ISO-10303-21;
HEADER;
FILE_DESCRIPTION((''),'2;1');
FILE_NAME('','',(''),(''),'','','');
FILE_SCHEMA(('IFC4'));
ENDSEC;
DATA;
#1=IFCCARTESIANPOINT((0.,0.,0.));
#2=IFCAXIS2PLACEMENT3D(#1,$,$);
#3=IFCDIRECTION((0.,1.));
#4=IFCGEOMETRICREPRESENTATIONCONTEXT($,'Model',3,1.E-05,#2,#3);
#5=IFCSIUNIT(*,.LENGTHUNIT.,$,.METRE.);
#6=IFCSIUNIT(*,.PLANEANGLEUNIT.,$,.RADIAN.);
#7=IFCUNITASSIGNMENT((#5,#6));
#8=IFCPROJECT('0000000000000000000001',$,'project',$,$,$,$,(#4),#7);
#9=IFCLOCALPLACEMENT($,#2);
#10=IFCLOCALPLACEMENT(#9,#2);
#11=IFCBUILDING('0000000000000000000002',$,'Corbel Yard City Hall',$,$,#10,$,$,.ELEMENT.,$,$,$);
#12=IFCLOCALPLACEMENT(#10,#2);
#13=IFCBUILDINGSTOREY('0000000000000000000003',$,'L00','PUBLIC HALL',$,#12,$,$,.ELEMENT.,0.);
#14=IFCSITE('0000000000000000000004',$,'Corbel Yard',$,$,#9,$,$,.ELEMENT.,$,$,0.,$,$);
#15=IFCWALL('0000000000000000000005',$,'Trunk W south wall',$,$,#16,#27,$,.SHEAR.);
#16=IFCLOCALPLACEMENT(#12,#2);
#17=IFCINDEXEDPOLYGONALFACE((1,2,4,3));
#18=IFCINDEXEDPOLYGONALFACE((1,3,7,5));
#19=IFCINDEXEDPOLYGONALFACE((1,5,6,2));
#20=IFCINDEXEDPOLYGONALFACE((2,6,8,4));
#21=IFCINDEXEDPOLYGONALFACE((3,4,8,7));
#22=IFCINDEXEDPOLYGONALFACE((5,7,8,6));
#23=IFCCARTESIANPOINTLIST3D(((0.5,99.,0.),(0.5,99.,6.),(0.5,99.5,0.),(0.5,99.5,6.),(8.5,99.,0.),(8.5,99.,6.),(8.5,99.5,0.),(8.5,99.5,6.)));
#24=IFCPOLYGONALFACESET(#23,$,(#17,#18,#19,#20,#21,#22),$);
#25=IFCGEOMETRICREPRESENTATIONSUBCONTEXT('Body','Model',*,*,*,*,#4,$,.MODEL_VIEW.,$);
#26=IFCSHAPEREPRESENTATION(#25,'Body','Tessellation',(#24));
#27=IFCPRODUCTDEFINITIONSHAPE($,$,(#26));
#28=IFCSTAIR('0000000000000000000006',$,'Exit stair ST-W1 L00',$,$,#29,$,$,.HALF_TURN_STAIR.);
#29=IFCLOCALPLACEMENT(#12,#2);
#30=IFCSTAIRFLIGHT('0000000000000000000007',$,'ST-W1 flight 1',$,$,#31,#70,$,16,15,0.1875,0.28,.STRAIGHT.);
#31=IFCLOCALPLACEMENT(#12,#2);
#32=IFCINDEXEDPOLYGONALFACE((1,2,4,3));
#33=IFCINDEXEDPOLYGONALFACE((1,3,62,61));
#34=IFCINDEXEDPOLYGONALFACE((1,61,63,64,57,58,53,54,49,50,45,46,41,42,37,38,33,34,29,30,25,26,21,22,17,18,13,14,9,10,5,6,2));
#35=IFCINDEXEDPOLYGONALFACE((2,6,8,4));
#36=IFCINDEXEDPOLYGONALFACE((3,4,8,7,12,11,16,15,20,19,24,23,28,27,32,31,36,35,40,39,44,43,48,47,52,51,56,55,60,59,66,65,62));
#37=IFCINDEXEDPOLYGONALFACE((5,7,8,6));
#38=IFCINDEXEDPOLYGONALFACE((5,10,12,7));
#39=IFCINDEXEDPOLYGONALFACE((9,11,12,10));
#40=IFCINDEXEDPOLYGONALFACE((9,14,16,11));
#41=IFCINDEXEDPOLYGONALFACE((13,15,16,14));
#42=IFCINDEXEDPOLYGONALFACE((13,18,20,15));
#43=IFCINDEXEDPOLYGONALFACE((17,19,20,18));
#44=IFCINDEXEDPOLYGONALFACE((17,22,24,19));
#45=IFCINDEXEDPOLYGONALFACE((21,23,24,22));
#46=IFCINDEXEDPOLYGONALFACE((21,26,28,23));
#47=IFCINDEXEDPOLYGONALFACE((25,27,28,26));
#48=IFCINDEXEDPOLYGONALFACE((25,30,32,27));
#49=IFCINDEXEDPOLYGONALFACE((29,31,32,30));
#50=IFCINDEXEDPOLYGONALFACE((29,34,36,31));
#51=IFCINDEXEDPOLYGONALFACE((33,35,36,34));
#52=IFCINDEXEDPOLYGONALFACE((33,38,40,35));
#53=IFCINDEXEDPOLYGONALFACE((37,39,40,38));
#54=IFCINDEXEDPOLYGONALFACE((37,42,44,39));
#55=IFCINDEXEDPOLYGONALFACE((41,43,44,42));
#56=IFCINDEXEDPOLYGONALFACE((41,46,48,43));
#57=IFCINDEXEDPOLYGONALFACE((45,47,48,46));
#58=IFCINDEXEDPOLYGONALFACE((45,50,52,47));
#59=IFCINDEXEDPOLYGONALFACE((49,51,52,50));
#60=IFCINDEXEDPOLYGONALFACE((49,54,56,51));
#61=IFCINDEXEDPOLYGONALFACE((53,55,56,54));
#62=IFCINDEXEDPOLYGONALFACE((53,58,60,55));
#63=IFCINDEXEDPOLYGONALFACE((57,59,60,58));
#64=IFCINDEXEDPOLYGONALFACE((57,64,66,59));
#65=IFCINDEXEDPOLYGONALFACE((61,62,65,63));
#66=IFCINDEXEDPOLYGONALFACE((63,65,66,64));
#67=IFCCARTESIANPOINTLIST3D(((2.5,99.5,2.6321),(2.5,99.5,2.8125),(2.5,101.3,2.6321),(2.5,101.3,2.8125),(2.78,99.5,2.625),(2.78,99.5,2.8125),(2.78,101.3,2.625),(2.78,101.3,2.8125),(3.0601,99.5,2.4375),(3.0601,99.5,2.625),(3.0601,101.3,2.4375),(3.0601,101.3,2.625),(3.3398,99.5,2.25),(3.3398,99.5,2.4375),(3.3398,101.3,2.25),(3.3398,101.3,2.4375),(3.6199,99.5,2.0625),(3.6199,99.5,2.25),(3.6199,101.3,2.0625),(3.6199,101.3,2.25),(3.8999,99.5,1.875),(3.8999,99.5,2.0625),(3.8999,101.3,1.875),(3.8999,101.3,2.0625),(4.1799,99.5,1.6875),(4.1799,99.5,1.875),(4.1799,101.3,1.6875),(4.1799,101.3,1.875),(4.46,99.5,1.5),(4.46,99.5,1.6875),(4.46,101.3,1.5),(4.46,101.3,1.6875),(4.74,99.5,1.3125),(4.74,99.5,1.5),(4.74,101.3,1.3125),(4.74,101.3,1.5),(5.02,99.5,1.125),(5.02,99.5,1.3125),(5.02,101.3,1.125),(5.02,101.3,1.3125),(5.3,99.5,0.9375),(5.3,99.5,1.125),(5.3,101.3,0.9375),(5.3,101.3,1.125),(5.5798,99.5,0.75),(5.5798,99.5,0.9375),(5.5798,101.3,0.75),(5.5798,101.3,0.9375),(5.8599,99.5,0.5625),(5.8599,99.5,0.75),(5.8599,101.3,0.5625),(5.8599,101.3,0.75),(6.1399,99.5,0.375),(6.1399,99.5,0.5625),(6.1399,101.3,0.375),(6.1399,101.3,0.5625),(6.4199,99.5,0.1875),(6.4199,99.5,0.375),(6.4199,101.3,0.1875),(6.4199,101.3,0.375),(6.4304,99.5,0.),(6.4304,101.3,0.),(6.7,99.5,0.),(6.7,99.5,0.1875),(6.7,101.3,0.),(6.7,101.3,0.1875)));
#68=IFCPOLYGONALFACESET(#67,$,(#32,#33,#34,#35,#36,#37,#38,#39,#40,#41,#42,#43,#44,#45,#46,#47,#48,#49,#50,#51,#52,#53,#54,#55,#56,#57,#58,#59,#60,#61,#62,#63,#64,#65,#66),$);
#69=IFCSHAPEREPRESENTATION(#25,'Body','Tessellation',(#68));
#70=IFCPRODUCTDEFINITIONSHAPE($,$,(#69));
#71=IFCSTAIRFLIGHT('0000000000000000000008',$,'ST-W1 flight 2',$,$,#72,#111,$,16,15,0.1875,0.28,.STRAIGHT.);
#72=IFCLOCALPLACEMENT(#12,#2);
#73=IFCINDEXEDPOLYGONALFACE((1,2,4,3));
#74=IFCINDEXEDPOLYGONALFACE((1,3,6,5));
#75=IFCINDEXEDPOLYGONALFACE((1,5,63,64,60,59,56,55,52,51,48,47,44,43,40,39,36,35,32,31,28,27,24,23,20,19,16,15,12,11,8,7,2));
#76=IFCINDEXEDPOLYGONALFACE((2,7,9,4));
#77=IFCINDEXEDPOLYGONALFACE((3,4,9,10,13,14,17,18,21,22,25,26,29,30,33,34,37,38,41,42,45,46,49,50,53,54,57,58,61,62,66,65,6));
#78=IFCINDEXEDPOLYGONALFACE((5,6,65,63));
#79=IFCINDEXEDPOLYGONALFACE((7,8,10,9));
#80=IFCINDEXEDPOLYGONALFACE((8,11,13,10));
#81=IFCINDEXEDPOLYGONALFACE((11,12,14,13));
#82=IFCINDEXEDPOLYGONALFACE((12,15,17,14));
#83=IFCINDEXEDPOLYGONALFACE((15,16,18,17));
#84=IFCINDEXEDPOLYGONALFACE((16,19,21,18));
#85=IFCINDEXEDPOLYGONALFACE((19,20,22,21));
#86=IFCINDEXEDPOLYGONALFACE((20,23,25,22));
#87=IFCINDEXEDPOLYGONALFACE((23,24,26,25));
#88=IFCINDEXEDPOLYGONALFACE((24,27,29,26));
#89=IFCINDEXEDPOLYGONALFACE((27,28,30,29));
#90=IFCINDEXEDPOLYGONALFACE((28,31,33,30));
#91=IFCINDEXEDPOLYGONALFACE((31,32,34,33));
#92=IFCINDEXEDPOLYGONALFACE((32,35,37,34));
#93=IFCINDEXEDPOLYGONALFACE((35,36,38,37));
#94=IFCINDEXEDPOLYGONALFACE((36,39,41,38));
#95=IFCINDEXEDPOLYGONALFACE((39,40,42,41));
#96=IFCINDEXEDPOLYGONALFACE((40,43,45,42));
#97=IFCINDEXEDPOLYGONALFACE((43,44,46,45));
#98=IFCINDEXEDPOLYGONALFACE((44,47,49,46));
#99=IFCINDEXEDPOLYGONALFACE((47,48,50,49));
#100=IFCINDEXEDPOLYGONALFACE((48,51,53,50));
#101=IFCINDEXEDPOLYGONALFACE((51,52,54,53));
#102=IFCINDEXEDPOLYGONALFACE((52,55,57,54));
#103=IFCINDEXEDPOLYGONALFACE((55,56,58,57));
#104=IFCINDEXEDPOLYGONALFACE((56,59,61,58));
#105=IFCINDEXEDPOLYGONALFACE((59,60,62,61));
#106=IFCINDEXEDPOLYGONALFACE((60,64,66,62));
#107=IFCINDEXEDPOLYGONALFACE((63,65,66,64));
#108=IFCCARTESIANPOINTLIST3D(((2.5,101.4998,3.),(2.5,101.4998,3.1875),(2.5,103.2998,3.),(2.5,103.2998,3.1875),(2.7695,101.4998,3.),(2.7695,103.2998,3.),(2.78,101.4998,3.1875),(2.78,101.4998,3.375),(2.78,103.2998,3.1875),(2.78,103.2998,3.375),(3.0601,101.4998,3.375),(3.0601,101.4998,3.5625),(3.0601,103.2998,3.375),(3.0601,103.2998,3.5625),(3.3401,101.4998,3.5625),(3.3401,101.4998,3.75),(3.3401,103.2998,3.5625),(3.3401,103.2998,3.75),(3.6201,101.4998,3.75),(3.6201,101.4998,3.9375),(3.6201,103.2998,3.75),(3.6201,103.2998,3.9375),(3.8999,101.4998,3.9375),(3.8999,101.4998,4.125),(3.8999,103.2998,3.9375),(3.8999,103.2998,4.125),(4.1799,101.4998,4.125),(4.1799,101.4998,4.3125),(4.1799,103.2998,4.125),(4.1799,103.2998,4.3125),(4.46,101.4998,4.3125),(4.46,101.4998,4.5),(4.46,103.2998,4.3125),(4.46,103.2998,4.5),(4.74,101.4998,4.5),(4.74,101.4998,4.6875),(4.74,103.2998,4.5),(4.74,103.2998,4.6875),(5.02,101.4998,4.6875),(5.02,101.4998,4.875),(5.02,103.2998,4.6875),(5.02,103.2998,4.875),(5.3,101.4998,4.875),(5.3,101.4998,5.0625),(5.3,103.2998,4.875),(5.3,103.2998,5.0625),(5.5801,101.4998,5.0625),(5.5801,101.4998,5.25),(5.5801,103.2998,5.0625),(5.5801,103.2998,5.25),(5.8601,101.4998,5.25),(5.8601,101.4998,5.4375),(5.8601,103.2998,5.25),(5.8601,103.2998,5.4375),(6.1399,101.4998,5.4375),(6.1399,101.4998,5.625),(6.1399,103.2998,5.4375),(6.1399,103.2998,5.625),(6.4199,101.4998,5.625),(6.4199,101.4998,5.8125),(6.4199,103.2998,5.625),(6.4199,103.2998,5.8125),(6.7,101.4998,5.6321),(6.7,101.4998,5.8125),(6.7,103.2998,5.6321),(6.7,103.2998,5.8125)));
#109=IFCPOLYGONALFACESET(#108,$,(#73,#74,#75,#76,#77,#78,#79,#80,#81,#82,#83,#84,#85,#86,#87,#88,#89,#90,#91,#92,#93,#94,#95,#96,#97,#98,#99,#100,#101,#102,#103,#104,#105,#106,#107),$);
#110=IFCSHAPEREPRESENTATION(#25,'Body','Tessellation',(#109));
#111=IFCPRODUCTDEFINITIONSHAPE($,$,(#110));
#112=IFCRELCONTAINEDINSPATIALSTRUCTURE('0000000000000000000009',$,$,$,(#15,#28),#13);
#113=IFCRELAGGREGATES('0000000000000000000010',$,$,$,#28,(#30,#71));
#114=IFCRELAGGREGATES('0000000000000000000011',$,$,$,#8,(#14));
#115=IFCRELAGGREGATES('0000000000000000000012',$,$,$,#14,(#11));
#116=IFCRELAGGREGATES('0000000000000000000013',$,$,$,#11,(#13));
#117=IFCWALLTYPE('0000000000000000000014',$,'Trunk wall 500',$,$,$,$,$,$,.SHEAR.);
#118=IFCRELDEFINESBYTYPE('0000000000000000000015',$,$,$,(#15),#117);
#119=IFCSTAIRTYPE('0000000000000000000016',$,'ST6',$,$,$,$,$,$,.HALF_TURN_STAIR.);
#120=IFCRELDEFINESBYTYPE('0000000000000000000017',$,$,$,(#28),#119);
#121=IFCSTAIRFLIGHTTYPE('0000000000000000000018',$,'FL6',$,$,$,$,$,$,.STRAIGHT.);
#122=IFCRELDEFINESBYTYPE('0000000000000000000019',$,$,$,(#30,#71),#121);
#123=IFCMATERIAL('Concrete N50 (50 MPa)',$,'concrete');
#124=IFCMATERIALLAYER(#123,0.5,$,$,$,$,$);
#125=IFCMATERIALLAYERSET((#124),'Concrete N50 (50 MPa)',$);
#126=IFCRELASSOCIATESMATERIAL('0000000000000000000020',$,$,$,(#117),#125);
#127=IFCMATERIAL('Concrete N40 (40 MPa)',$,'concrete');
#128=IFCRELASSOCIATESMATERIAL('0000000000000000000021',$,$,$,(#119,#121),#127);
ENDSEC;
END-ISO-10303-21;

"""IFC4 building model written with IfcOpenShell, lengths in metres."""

from ifc_helpers import new_model, si_unit, direction, frame, frame_2d, origin, place, context, subcontext, project, spatial, polyline, rectangle, outline, extrude, material, layer, layer_set, type_object, element, aggregate, save


model = new_model("IFC4")

# Units and contexts
model_context = context("Model", 3, precision=1e-05, world=origin(), true_north=direction((0.0, 1.0)))
body_context = subcontext(model_context, "Body", "Model", "MODEL_VIEW")
ifc_project = project(units=[si_unit("LENGTHUNIT", "METRE"), si_unit("PLANEANGLEUNIT", "RADIAN")], contexts=[model_context])

# Site, building, storey
site_placement = place(None, origin())
site = spatial("IfcSite", under=ifc_project, at=site_placement, Name="Corbel Yard", CompositionType="ELEMENT", RefElevation=0.0)
building_placement = place(site_placement, origin())
building = spatial("IfcBuilding", under=site, at=building_placement, Name="Corbel Yard City Hall", CompositionType="ELEMENT")
storey_placement = place(building_placement, origin())
storey = spatial("IfcBuildingStorey", under=building, at=storey_placement, Name="L00", Description="PUBLIC HALL", CompositionType="ELEMENT", Elevation=0.0)

# Shared definitions
ifc_material_1 = material(Name="Concrete N40 (40 MPa)", Category="concrete")

# Shared definitions
ifc_material_2 = material(Name="Concrete N50 (50 MPa)", Category="concrete")
ifc_layer_1 = layer(ifc_material_2, 0.5)
ifc_layer_set_1 = layer_set([ifc_layer_1], Name="Concrete N50 (50 MPa)")
wall_type_1 = type_object("IfcWallType", Name="Trunk wall 500", PredefinedType="SHEAR", material=ifc_layer_set_1)

# Wall
wall_1_placement = place(storey_placement, frame((0.5, 99.25, 0.0), z_axis=(0.0, 0.0, 1.0), x_axis=(1.0, 0.0, 0.0)))
element("IfcWall", 1, at=wall_1_placement, inside=storey, type_object=wall_type_1, Name="Trunk W south wall", PredefinedType="SHEAR", context=body_context, shape_type="SweptSolid", body=[
    extrude(rectangle(XDim=8.0, YDim=0.5, at=frame_2d((4.0, 0.0))), origin(), (0.0, 0.0, 1.0), 6.0),
])

# Stair, stair flights
stair_type = type_object("IfcStairType", Name="ST6", PredefinedType="HALF_TURN_STAIR", material=ifc_material_1)
stair_placement = place(storey_placement, origin())
stair = element("IfcStair", 2, at=stair_placement, inside=storey, type_object=stair_type, Name="Exit stair ST-W1 L00", PredefinedType="HALF_TURN_STAIR")
stair_flight_type = type_object("IfcStairFlightType", Name="FL6", PredefinedType="STRAIGHT", material=ifc_material_1)
stair_flight_1_placement = place(storey_placement, frame((6.7, 100.3999, 0.0), z_axis=(0.0, 0.0, 1.0), x_axis=(-1.0, 0.0, 0.0)))
stair_flight_1 = element("IfcStairFlight", 3, at=stair_flight_1_placement, type_object=stair_flight_type, Name="ST-W1 flight 1", NumberOfRisers=16, NumberOfTreads=15, PredefinedType="STRAIGHT", RiserHeight=0.1875, TreadLength=0.28, context=body_context, shape_type="SweptSolid", body=[
    extrude(outline(polyline([(0.0, 0.0), (0.0, 0.1875), (0.28, 0.1875), (0.28, 0.375), (0.5601, 0.375), (0.5601, 0.5625), (0.8401, 0.5625), (0.8401, 0.75), (1.1201, 0.75), (1.1201, 0.9375), (1.3999, 0.9375), (1.3999, 1.125), (1.6799, 1.125), (1.6799, 1.3125), (1.96, 1.3125), (1.96, 1.5), (2.24, 1.5), (2.24, 1.6875), (2.52, 1.6875), (2.52, 1.875), (2.8, 1.875), (2.8, 2.0625), (3.0801, 2.0625), (3.0801, 2.25), (3.3601, 2.25), (3.3601, 2.4375), (3.6399, 2.4375), (3.6399, 2.625), (3.9199, 2.625), (3.9199, 2.8125), (4.2, 2.8125), (4.2, 3.0), (4.2, 2.6321), (0.2695, 0.0), (0.0, 0.0)])), frame((0.0, 0.8999, 0.0), z_axis=(0.0, -1.0, 0.0), x_axis=(1.0, 0.0, 0.0)), (0.0, 0.0, 1.0), 1.8),
])
stair_flight_2_placement = place(storey_placement, frame((2.5, 102.3999, 3.0), z_axis=(0.0, 0.0, 1.0), x_axis=(1.0, 0.0, 0.0)))
stair_flight_2 = element("IfcStairFlight", 4, at=stair_flight_2_placement, type_object=stair_flight_type, Name="ST-W1 flight 2", NumberOfRisers=16, NumberOfTreads=15, PredefinedType="STRAIGHT", RiserHeight=0.1875, TreadLength=0.28, context=body_context, shape_type="SweptSolid", body=[
    extrude(outline(polyline([(0.0, 0.0), (0.0, 0.1875), (0.28, 0.1875), (0.28, 0.375), (0.5601, 0.375), (0.5601, 0.5625), (0.8401, 0.5625), (0.8401, 0.75), (1.1201, 0.75), (1.1201, 0.9375), (1.3999, 0.9375), (1.3999, 1.125), (1.6799, 1.125), (1.6799, 1.3125), (1.96, 1.3125), (1.96, 1.5), (2.24, 1.5), (2.24, 1.6875), (2.52, 1.6875), (2.52, 1.875), (2.8, 1.875), (2.8, 2.0625), (3.0801, 2.0625), (3.0801, 2.25), (3.3601, 2.25), (3.3601, 2.4375), (3.6399, 2.4375), (3.6399, 2.625), (3.9199, 2.625), (3.9199, 2.8125), (4.2, 2.8125), (4.2, 3.0), (4.2, 2.6321), (0.2695, 0.0), (0.0, 0.0)])), frame((0.0, 0.8999, 0.0), z_axis=(0.0, -1.0, 0.0), x_axis=(1.0, 0.0, 0.0)), (0.0, 0.0, 1.0), 1.8),
])
aggregate(stair, [stair_flight_1, stair_flight_2])

save(model, "model.ifc")
